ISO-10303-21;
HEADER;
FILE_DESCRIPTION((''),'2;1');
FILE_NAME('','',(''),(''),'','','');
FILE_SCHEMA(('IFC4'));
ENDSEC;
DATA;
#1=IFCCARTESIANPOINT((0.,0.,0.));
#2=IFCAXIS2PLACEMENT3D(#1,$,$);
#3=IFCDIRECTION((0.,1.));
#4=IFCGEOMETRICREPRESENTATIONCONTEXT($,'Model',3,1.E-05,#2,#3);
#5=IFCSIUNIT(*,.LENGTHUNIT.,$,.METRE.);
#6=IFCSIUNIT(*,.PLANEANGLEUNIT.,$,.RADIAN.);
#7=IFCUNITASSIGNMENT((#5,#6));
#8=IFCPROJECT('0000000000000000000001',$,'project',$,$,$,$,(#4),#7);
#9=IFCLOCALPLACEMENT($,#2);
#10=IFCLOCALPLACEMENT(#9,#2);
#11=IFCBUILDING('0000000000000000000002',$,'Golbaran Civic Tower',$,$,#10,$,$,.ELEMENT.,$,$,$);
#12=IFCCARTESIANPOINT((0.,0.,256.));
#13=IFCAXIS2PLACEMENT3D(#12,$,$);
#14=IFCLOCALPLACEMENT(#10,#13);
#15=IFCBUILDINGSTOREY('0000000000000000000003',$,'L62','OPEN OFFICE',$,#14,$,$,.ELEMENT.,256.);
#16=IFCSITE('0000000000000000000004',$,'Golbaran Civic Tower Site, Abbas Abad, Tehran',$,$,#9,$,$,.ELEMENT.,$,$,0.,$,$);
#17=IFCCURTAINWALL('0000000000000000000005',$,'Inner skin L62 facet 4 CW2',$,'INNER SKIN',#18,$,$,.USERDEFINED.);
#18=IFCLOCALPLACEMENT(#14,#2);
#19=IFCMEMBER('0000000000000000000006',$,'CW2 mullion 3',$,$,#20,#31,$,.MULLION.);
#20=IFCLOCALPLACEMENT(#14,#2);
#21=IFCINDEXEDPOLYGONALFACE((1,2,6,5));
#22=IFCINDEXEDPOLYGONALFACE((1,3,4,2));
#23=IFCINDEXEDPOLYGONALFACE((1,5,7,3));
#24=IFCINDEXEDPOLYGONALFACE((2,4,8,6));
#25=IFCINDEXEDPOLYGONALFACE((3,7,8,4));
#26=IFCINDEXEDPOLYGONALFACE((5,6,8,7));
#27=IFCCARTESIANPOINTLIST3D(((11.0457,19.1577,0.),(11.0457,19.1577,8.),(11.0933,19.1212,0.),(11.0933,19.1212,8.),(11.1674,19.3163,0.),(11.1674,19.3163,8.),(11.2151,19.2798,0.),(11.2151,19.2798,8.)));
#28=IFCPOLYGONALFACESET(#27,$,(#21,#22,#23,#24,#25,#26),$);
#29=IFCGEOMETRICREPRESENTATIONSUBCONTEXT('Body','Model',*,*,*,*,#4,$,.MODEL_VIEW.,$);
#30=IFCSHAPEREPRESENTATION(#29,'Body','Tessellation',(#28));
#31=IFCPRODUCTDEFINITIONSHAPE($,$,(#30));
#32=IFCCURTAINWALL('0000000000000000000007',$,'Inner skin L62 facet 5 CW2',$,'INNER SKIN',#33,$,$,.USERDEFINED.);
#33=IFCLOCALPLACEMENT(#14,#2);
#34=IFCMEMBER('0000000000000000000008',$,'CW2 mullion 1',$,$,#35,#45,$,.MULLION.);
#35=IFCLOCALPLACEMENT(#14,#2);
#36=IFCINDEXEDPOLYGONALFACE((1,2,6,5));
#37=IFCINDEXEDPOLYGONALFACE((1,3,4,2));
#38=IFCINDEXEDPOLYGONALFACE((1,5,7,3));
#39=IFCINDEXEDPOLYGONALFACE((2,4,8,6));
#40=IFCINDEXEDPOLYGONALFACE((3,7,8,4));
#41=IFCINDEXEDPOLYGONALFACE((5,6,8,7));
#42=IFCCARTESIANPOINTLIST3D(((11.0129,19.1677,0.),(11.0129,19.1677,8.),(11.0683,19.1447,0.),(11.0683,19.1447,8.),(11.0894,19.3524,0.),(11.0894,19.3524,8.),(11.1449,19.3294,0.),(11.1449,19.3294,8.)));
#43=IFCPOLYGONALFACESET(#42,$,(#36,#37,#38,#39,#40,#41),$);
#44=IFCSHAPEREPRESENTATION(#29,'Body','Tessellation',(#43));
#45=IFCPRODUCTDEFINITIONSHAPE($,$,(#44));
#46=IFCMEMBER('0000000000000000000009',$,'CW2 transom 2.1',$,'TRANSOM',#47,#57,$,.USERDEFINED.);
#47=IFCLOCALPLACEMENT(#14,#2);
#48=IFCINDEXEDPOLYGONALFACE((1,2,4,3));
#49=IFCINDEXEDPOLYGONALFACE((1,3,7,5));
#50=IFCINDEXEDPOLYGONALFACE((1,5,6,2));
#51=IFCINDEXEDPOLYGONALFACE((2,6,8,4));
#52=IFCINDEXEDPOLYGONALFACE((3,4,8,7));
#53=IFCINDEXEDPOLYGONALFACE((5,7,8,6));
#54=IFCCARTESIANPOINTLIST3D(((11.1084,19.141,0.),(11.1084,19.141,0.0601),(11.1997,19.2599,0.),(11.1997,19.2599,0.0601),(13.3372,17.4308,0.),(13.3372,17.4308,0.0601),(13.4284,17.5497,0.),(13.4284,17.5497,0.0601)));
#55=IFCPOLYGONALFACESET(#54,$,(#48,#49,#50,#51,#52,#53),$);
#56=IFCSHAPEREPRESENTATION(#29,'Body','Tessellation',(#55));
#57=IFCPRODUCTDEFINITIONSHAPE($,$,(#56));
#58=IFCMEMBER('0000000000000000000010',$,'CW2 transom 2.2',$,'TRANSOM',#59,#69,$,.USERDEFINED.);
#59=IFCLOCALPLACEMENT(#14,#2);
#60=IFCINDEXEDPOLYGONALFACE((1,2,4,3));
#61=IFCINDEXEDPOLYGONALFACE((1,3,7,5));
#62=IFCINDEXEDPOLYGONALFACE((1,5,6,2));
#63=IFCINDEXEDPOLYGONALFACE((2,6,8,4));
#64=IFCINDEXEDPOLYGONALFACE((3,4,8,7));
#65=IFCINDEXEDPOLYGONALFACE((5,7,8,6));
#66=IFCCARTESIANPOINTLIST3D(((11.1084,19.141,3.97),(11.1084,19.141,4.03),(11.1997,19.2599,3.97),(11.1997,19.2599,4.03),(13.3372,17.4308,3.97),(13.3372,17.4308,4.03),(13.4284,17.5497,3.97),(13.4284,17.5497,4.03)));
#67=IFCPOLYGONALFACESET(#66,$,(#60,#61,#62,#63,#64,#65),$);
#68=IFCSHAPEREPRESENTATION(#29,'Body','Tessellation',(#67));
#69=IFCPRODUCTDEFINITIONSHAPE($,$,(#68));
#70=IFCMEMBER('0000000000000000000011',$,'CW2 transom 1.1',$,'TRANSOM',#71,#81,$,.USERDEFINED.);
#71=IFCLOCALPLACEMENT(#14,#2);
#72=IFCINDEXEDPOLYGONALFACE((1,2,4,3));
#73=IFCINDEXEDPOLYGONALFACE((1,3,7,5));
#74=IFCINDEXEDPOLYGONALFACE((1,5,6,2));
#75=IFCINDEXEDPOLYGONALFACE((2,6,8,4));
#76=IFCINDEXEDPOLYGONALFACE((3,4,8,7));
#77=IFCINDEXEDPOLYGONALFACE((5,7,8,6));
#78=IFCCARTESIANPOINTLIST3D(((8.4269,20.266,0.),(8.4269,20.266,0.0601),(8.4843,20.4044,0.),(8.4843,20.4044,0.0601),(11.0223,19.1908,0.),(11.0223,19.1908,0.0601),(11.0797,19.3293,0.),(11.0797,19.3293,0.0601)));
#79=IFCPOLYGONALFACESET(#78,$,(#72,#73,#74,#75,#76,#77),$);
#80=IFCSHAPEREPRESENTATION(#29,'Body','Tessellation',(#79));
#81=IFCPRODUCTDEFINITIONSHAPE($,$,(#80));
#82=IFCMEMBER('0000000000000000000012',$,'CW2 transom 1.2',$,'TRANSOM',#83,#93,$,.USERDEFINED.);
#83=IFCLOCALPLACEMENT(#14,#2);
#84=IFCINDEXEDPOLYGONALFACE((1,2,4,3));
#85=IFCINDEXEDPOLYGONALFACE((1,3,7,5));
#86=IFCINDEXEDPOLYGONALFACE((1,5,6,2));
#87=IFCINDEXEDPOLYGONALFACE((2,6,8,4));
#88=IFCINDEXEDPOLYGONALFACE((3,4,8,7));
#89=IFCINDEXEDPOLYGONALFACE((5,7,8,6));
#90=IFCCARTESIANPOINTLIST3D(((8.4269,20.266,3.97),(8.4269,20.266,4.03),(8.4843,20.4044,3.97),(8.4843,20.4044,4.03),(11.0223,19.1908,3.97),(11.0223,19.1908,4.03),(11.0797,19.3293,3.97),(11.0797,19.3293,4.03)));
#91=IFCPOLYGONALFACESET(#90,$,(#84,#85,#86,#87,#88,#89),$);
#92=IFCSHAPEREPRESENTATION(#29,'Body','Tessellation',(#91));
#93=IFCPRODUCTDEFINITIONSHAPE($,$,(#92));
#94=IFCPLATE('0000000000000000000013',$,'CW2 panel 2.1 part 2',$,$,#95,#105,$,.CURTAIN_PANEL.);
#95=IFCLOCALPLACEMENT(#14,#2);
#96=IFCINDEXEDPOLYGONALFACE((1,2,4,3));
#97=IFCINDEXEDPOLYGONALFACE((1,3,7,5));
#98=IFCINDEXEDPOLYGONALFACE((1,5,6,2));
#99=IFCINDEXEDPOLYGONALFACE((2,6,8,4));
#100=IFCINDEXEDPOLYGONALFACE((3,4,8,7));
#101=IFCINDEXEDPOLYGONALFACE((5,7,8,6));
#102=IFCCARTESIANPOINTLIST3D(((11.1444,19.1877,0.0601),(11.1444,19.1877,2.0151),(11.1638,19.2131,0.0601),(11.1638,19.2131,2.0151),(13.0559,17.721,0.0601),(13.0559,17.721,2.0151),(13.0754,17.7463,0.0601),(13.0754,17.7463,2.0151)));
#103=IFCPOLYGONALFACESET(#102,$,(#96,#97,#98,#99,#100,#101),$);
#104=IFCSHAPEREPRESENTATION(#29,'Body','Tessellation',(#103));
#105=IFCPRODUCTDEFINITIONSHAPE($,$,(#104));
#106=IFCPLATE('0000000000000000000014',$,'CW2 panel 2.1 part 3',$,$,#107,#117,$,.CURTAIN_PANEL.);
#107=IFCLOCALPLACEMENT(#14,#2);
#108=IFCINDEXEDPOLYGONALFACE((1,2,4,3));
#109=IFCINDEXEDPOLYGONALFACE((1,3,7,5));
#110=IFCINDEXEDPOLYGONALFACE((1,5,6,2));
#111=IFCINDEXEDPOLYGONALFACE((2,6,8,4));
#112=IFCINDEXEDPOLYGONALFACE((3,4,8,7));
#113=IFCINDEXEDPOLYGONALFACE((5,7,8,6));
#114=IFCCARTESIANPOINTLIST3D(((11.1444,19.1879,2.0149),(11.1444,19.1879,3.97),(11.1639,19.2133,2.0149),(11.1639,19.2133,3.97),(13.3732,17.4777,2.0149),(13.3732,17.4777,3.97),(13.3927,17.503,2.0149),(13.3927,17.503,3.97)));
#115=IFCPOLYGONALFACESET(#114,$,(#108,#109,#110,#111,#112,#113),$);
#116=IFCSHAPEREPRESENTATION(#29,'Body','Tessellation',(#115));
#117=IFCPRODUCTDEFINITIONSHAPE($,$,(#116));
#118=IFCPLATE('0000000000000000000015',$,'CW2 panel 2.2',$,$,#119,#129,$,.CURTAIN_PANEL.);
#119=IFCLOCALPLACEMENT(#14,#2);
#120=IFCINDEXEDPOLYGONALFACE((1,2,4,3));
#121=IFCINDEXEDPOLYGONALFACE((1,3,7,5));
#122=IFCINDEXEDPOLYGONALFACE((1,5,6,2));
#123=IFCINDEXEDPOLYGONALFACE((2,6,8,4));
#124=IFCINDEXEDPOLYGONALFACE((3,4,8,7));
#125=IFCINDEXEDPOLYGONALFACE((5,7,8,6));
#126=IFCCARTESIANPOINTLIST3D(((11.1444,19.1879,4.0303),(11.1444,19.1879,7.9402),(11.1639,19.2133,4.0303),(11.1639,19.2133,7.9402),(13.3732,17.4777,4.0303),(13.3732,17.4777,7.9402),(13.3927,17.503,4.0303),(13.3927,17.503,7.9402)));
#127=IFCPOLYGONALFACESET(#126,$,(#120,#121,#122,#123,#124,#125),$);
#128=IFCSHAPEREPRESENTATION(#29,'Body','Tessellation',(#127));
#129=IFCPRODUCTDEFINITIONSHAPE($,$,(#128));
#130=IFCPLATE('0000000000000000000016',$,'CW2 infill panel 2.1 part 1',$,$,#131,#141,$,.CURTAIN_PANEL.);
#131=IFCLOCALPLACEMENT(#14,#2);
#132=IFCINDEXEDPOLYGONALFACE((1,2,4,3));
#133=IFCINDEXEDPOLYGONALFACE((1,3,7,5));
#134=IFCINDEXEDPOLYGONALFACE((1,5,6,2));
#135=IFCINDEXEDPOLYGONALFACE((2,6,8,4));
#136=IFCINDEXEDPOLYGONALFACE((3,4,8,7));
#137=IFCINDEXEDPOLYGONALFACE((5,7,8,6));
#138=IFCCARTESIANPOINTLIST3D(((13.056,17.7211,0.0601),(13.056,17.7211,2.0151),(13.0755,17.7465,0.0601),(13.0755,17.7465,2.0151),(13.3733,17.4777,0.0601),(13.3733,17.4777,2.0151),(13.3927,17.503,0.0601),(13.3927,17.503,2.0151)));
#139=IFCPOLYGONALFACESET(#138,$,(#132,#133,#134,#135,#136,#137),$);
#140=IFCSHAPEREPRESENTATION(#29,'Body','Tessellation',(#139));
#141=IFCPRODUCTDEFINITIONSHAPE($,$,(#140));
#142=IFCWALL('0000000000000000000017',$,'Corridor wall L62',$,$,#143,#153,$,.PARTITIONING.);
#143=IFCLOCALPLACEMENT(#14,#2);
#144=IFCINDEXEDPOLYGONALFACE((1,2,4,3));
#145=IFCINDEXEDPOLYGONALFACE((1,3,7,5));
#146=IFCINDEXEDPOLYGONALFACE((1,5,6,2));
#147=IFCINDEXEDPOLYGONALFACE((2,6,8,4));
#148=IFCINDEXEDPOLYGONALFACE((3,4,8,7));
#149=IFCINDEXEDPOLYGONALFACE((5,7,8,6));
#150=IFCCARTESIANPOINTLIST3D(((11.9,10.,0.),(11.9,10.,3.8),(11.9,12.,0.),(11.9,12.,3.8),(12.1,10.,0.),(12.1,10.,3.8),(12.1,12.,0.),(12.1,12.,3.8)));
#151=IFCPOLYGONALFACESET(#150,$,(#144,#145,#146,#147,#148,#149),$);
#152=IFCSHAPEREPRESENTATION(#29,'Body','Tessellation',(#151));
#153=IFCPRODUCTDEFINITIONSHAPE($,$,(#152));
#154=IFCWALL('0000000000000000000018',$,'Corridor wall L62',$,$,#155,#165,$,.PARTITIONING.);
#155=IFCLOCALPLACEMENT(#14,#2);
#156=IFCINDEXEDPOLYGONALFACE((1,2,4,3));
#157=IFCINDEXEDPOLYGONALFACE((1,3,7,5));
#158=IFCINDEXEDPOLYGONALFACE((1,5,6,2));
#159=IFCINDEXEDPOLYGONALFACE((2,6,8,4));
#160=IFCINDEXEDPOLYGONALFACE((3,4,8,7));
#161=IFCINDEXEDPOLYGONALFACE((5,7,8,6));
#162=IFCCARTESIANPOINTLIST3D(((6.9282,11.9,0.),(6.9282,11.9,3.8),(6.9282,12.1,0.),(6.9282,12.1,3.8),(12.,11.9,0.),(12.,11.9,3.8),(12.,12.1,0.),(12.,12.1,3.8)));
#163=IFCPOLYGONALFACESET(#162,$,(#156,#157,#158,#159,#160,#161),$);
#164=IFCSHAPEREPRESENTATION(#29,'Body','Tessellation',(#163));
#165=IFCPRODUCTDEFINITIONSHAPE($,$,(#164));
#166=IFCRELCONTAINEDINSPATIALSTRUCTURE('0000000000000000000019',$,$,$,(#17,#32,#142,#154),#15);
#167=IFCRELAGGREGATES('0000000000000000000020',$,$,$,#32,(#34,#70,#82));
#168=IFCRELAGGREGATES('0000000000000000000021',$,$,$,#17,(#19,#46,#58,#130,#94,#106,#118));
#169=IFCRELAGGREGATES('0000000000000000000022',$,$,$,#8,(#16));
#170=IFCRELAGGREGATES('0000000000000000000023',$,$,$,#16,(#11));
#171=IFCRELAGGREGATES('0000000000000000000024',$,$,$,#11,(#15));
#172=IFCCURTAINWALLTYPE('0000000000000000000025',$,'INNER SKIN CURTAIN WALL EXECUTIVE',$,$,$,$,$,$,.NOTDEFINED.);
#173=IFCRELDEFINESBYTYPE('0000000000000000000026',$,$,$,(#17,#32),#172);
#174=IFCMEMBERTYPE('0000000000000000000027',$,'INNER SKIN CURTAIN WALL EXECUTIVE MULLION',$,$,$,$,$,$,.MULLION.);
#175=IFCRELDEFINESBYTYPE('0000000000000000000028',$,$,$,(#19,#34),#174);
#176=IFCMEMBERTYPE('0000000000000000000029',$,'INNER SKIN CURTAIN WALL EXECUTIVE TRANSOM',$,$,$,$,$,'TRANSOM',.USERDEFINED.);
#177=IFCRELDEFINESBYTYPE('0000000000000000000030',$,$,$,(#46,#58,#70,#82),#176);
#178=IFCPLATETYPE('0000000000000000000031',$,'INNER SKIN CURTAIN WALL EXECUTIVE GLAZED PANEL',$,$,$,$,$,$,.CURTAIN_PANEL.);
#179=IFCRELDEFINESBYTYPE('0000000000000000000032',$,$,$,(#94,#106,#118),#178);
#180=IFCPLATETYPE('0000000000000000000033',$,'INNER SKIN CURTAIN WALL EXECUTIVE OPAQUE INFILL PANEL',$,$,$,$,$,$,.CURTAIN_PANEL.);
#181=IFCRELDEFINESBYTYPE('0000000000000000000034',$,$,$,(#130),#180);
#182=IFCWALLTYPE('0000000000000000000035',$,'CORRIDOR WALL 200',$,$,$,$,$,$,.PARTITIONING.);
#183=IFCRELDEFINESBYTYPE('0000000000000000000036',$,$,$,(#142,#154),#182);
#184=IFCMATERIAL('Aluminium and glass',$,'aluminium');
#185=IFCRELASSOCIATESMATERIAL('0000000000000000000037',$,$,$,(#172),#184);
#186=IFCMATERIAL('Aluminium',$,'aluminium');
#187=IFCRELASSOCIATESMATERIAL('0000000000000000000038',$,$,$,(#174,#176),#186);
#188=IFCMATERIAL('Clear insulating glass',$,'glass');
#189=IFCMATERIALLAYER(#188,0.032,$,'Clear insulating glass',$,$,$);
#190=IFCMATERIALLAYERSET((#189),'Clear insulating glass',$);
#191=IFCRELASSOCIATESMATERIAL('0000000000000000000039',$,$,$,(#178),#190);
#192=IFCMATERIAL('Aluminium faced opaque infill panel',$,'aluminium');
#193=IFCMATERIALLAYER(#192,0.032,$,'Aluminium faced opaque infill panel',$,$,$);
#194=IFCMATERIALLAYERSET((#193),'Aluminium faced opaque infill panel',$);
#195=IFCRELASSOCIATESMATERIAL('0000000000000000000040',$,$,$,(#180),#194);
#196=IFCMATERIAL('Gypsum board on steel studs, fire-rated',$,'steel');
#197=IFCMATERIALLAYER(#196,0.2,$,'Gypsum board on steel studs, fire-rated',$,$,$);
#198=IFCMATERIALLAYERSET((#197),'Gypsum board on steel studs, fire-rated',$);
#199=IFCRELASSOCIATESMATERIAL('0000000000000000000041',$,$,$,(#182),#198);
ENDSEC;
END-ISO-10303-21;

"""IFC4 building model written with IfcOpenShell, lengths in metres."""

from ifc_helpers import new_model, si_unit, direction, frame, frame_2d, origin, origin_2d, place, context, subcontext, project, spatial, rectangle, extrude, material, layer, layer_set, material_profile, profile_set, type_object, element, aggregate, save


model = new_model("IFC4")

# Units and contexts
model_context = context("Model", 3, precision=1e-05, world=origin(), true_north=direction((0.0, 1.0)))
body_context = subcontext(model_context, "Body", "Model", "MODEL_VIEW")
ifc_project = project(units=[si_unit("LENGTHUNIT", "METRE"), si_unit("PLANEANGLEUNIT", "RADIAN")], contexts=[model_context])

# Site, building, storey
site_placement = place(None, origin())
site = spatial("IfcSite", under=ifc_project, at=site_placement, Name="Golbaran Civic Tower Site, Abbas Abad, Tehran", CompositionType="ELEMENT", RefElevation=0.0)
building_placement = place(site_placement, origin())
building = spatial("IfcBuilding", under=site, at=building_placement, Name="Golbaran Civic Tower", CompositionType="ELEMENT")
storey_placement = place(building_placement, frame((0.0, 0.0, 256.0)))
storey = spatial("IfcBuildingStorey", under=building, at=storey_placement, Name="L62", Description="OPEN OFFICE", CompositionType="ELEMENT", Elevation=256.0)

# Curtain walls, members
ifc_material_1 = material(Name="Aluminium and glass", Category="aluminium")
curtain_wall_type = type_object("IfcCurtainWallType", Name="INNER SKIN CURTAIN WALL EXECUTIVE", PredefinedType="NOTDEFINED", material=ifc_material_1)
curtain_wall_1_placement = place(storey_placement, origin())
curtain_wall_1 = element("IfcCurtainWall", 1, at=curtain_wall_1_placement, inside=storey, type_object=curtain_wall_type, Name="Inner skin L62 facet 4 CW2", ObjectType="INNER SKIN", PredefinedType="USERDEFINED")
ifc_material_2 = material(Name="Aluminium", Category="aluminium")
ifc_material_profile_1 = material_profile(ifc_material_2, rectangle(XDim=0.2, YDim=0.0601, at=origin_2d()), Name="INNER SKIN CURTAIN WALL EXECUTIVE MULLION")
ifc_profile_set_1 = profile_set([ifc_material_profile_1], Name="Aluminium")
member_type_1 = type_object("IfcMemberType", Name="INNER SKIN CURTAIN WALL EXECUTIVE MULLION", PredefinedType="MULLION", material=ifc_profile_set_1)
member_1_placement = place(storey_placement, frame((11.1304, 19.2188, 0.0), z_axis=(0.0, 0.0, 1.0), x_axis=(-0.608761, -0.793353, 0.0)))
member_1 = element("IfcMember", 2, at=member_1_placement, type_object=member_type_1, Name="CW2 mullion 3", PredefinedType="MULLION", context=body_context, shape_type="SweptSolid", body=[
    extrude(rectangle(XDim=0.2, YDim=0.0601, at=origin_2d()), origin(), (0.0, 0.0, 1.0), 8.0),
])
curtain_wall_2_placement = place(storey_placement, origin())
curtain_wall_2 = element("IfcCurtainWall", 3, at=curtain_wall_2_placement, inside=storey, type_object=curtain_wall_type, Name="Inner skin L62 facet 5 CW2", ObjectType="INNER SKIN", PredefinedType="USERDEFINED")
member_2_placement = place(storey_placement, frame((11.0789, 19.2485, 0.0), z_axis=(0.0, 0.0, 1.0), x_axis=(-0.382683, -0.92388, 0.0)))
member_2 = element("IfcMember", 4, at=member_2_placement, type_object=member_type_1, Name="CW2 mullion 1", PredefinedType="MULLION", context=body_context, shape_type="SweptSolid", body=[
    extrude(rectangle(XDim=0.2, YDim=0.0601, at=origin_2d()), origin(), (0.0, 0.0, 1.0), 8.0),
])

# Members
ifc_material_profile_2 = material_profile(ifc_material_2, rectangle(XDim=0.1499, YDim=0.0601, at=origin_2d()), Name="INNER SKIN CURTAIN WALL EXECUTIVE TRANSOM")
ifc_profile_set_2 = profile_set([ifc_material_profile_2], Name="Aluminium")
member_type_2 = type_object("IfcMemberType", Name="INNER SKIN CURTAIN WALL EXECUTIVE TRANSOM", ElementType="TRANSOM", PredefinedType="USERDEFINED", material=ifc_profile_set_2)
member_3_placement = place(storey_placement, frame((13.3828, 17.4902, 0.03), z_axis=(-0.79335, 0.608765, 0.0), x_axis=(-0.608765, -0.79335, 0.0)))
member_3 = element("IfcMember", 5, at=member_3_placement, type_object=member_type_2, Name="CW2 transom 2.1", ObjectType="TRANSOM", PredefinedType="USERDEFINED", context=body_context, shape_type="SweptSolid", body=[
    extrude(rectangle(XDim=0.1499, YDim=0.0601, at=origin_2d()), origin(), (0.0, 0.0, 1.0), 2.8093),
])
member_4_placement = place(storey_placement, frame((13.3828, 17.4902, 4.0), z_axis=(-0.79335, 0.608765, 0.0), x_axis=(-0.608765, -0.79335, 0.0)))
member_4 = element("IfcMember", 6, at=member_4_placement, type_object=member_type_2, Name="CW2 transom 2.2", ObjectType="TRANSOM", PredefinedType="USERDEFINED", context=body_context, shape_type="SweptSolid", body=[
    extrude(rectangle(XDim=0.1499, YDim=0.0601, at=origin_2d()), origin(), (0.0, 0.0, 1.0), 2.8093),
])
member_5_placement = place(storey_placement, frame((11.051, 19.26, 0.03), z_axis=(-0.923864, 0.38272, 0.0), x_axis=(-0.38272, -0.923864, 0.0)))
member_5 = element("IfcMember", 7, at=member_5_placement, type_object=member_type_2, Name="CW2 transom 1.1", ObjectType="TRANSOM", PredefinedType="USERDEFINED", context=body_context, shape_type="SweptSolid", body=[
    extrude(rectangle(XDim=0.1499, YDim=0.0601, at=origin_2d()), origin(), (0.0, 0.0, 1.0), 2.8093),
])
member_6_placement = place(storey_placement, frame((11.051, 19.26, 4.0), z_axis=(-0.923864, 0.38272, 0.0), x_axis=(-0.38272, -0.923864, 0.0)))
member_6 = element("IfcMember", 8, at=member_6_placement, type_object=member_type_2, Name="CW2 transom 1.2", ObjectType="TRANSOM", PredefinedType="USERDEFINED", context=body_context, shape_type="SweptSolid", body=[
    extrude(rectangle(XDim=0.1499, YDim=0.0601, at=origin_2d()), origin(), (0.0, 0.0, 1.0), 2.8093),
])
aggregate(curtain_wall_2, [member_2, member_5, member_6])

# Plates
ifc_material_3 = material(Name="Clear insulating glass", Category="glass")
ifc_layer_1 = layer(ifc_material_3, 0.032, Name="Clear insulating glass")
ifc_layer_set_1 = layer_set([ifc_layer_1], Name="Clear insulating glass")
plate_type_1 = type_object("IfcPlateType", Name="INNER SKIN CURTAIN WALL EXECUTIVE GLAZED PANEL", PredefinedType="CURTAIN_PANEL", material=ifc_layer_set_1)
plate_1_placement = place(storey_placement, frame((12.1099, 18.467, 0.0601), z_axis=(0.0, 0.0, 1.0), x_axis=(-0.793353, 0.608761, 0.0)))
plate_1 = element("IfcPlate", 9, at=plate_1_placement, type_object=plate_type_1, Name="CW2 panel 2.1 part 2", PredefinedType="CURTAIN_PANEL", context=body_context, shape_type="SweptSolid", body=[
    extrude(rectangle(XDim=2.4094, YDim=0.032, at=origin_2d()), origin(), (0.0, 0.0, 1.0), 1.9551),
])
plate_2_placement = place(storey_placement, frame((12.2686, 18.3455, 2.0149), z_axis=(0.0, 0.0, 1.0), x_axis=(-0.793353, 0.608761, 0.0)))
plate_2 = element("IfcPlate", 10, at=plate_2_placement, type_object=plate_type_1, Name="CW2 panel 2.1 part 3", PredefinedType="CURTAIN_PANEL", context=body_context, shape_type="SweptSolid", body=[
    extrude(rectangle(XDim=2.8093, YDim=0.032, at=origin_2d()), origin(), (0.0, 0.0, 1.0), 1.9551),
])
plate_3_placement = place(storey_placement, frame((12.2686, 18.3455, 4.0303), z_axis=(0.0, 0.0, 1.0), x_axis=(-0.793353, 0.608761, 0.0)))
plate_3 = element("IfcPlate", 11, at=plate_3_placement, type_object=plate_type_1, Name="CW2 panel 2.2", PredefinedType="CURTAIN_PANEL", context=body_context, shape_type="SweptSolid", body=[
    extrude(rectangle(XDim=2.8093, YDim=0.032, at=origin_2d()), origin(), (0.0, 0.0, 1.0), 3.9099),
])
ifc_material_4 = material(Name="Aluminium faced opaque infill panel", Category="aluminium")
ifc_layer_2 = layer(ifc_material_4, 0.032, Name="Aluminium faced opaque infill panel")
ifc_layer_set_2 = layer_set([ifc_layer_2], Name="Aluminium faced opaque infill panel")
plate_type_2 = type_object("IfcPlateType", Name="INNER SKIN CURTAIN WALL EXECUTIVE OPAQUE INFILL PANEL", PredefinedType="CURTAIN_PANEL", material=ifc_layer_set_2)
plate_4_placement = place(storey_placement, frame((13.2244, 17.6121, 0.0601), z_axis=(0.0, 0.0, 1.0), x_axis=(-0.793353, 0.608761, 0.0)))
plate_4 = element("IfcPlate", 12, at=plate_4_placement, type_object=plate_type_2, Name="CW2 infill panel 2.1 part 1", PredefinedType="CURTAIN_PANEL", context=body_context, shape_type="SweptSolid", body=[
    extrude(rectangle(XDim=0.3999, YDim=0.032, at=origin_2d()), origin(), (0.0, 0.0, 1.0), 1.9551),
])
aggregate(curtain_wall_1, [member_1, member_3, member_4, plate_4, plate_1, plate_2, plate_3])

# Walls
ifc_material_5 = material(Name="Gypsum board on steel studs, fire-rated", Category="steel")
ifc_layer_3 = layer(ifc_material_5, 0.2, Name="Gypsum board on steel studs, fire-rated")
ifc_layer_set_3 = layer_set([ifc_layer_3], Name="Gypsum board on steel studs, fire-rated")
wall_type_1 = type_object("IfcWallType", Name="CORRIDOR WALL 200", PredefinedType="PARTITIONING", material=ifc_layer_set_3)
wall_1_placement = place(storey_placement, frame((12.0, 10.0, 0.0), z_axis=(0.0, 0.0, 1.0), x_axis=(0.0, 1.0, 0.0)))
element("IfcWall", 13, at=wall_1_placement, inside=storey, type_object=wall_type_1, Name="Corridor wall L62", PredefinedType="PARTITIONING", context=body_context, shape_type="SweptSolid", body=[
    extrude(rectangle(XDim=2.0, YDim=0.2, at=frame_2d((1.0, 0.0))), origin(), (0.0, 0.0, 1.0), 3.8),
])
wall_2_placement = place(storey_placement, frame((12.0, 12.0, 0.0), z_axis=(0.0, 0.0, 1.0), x_axis=(-1.0, 0.0, 0.0)))
element("IfcWall", 14, at=wall_2_placement, inside=storey, type_object=wall_type_1, Name="Corridor wall L62", PredefinedType="PARTITIONING", context=body_context, shape_type="SweptSolid", body=[
    extrude(rectangle(XDim=5.0718, YDim=0.2, at=frame_2d((2.5359, 0.0))), origin(), (0.0, 0.0, 1.0), 3.8),
])

save(model, "model.ifc")
